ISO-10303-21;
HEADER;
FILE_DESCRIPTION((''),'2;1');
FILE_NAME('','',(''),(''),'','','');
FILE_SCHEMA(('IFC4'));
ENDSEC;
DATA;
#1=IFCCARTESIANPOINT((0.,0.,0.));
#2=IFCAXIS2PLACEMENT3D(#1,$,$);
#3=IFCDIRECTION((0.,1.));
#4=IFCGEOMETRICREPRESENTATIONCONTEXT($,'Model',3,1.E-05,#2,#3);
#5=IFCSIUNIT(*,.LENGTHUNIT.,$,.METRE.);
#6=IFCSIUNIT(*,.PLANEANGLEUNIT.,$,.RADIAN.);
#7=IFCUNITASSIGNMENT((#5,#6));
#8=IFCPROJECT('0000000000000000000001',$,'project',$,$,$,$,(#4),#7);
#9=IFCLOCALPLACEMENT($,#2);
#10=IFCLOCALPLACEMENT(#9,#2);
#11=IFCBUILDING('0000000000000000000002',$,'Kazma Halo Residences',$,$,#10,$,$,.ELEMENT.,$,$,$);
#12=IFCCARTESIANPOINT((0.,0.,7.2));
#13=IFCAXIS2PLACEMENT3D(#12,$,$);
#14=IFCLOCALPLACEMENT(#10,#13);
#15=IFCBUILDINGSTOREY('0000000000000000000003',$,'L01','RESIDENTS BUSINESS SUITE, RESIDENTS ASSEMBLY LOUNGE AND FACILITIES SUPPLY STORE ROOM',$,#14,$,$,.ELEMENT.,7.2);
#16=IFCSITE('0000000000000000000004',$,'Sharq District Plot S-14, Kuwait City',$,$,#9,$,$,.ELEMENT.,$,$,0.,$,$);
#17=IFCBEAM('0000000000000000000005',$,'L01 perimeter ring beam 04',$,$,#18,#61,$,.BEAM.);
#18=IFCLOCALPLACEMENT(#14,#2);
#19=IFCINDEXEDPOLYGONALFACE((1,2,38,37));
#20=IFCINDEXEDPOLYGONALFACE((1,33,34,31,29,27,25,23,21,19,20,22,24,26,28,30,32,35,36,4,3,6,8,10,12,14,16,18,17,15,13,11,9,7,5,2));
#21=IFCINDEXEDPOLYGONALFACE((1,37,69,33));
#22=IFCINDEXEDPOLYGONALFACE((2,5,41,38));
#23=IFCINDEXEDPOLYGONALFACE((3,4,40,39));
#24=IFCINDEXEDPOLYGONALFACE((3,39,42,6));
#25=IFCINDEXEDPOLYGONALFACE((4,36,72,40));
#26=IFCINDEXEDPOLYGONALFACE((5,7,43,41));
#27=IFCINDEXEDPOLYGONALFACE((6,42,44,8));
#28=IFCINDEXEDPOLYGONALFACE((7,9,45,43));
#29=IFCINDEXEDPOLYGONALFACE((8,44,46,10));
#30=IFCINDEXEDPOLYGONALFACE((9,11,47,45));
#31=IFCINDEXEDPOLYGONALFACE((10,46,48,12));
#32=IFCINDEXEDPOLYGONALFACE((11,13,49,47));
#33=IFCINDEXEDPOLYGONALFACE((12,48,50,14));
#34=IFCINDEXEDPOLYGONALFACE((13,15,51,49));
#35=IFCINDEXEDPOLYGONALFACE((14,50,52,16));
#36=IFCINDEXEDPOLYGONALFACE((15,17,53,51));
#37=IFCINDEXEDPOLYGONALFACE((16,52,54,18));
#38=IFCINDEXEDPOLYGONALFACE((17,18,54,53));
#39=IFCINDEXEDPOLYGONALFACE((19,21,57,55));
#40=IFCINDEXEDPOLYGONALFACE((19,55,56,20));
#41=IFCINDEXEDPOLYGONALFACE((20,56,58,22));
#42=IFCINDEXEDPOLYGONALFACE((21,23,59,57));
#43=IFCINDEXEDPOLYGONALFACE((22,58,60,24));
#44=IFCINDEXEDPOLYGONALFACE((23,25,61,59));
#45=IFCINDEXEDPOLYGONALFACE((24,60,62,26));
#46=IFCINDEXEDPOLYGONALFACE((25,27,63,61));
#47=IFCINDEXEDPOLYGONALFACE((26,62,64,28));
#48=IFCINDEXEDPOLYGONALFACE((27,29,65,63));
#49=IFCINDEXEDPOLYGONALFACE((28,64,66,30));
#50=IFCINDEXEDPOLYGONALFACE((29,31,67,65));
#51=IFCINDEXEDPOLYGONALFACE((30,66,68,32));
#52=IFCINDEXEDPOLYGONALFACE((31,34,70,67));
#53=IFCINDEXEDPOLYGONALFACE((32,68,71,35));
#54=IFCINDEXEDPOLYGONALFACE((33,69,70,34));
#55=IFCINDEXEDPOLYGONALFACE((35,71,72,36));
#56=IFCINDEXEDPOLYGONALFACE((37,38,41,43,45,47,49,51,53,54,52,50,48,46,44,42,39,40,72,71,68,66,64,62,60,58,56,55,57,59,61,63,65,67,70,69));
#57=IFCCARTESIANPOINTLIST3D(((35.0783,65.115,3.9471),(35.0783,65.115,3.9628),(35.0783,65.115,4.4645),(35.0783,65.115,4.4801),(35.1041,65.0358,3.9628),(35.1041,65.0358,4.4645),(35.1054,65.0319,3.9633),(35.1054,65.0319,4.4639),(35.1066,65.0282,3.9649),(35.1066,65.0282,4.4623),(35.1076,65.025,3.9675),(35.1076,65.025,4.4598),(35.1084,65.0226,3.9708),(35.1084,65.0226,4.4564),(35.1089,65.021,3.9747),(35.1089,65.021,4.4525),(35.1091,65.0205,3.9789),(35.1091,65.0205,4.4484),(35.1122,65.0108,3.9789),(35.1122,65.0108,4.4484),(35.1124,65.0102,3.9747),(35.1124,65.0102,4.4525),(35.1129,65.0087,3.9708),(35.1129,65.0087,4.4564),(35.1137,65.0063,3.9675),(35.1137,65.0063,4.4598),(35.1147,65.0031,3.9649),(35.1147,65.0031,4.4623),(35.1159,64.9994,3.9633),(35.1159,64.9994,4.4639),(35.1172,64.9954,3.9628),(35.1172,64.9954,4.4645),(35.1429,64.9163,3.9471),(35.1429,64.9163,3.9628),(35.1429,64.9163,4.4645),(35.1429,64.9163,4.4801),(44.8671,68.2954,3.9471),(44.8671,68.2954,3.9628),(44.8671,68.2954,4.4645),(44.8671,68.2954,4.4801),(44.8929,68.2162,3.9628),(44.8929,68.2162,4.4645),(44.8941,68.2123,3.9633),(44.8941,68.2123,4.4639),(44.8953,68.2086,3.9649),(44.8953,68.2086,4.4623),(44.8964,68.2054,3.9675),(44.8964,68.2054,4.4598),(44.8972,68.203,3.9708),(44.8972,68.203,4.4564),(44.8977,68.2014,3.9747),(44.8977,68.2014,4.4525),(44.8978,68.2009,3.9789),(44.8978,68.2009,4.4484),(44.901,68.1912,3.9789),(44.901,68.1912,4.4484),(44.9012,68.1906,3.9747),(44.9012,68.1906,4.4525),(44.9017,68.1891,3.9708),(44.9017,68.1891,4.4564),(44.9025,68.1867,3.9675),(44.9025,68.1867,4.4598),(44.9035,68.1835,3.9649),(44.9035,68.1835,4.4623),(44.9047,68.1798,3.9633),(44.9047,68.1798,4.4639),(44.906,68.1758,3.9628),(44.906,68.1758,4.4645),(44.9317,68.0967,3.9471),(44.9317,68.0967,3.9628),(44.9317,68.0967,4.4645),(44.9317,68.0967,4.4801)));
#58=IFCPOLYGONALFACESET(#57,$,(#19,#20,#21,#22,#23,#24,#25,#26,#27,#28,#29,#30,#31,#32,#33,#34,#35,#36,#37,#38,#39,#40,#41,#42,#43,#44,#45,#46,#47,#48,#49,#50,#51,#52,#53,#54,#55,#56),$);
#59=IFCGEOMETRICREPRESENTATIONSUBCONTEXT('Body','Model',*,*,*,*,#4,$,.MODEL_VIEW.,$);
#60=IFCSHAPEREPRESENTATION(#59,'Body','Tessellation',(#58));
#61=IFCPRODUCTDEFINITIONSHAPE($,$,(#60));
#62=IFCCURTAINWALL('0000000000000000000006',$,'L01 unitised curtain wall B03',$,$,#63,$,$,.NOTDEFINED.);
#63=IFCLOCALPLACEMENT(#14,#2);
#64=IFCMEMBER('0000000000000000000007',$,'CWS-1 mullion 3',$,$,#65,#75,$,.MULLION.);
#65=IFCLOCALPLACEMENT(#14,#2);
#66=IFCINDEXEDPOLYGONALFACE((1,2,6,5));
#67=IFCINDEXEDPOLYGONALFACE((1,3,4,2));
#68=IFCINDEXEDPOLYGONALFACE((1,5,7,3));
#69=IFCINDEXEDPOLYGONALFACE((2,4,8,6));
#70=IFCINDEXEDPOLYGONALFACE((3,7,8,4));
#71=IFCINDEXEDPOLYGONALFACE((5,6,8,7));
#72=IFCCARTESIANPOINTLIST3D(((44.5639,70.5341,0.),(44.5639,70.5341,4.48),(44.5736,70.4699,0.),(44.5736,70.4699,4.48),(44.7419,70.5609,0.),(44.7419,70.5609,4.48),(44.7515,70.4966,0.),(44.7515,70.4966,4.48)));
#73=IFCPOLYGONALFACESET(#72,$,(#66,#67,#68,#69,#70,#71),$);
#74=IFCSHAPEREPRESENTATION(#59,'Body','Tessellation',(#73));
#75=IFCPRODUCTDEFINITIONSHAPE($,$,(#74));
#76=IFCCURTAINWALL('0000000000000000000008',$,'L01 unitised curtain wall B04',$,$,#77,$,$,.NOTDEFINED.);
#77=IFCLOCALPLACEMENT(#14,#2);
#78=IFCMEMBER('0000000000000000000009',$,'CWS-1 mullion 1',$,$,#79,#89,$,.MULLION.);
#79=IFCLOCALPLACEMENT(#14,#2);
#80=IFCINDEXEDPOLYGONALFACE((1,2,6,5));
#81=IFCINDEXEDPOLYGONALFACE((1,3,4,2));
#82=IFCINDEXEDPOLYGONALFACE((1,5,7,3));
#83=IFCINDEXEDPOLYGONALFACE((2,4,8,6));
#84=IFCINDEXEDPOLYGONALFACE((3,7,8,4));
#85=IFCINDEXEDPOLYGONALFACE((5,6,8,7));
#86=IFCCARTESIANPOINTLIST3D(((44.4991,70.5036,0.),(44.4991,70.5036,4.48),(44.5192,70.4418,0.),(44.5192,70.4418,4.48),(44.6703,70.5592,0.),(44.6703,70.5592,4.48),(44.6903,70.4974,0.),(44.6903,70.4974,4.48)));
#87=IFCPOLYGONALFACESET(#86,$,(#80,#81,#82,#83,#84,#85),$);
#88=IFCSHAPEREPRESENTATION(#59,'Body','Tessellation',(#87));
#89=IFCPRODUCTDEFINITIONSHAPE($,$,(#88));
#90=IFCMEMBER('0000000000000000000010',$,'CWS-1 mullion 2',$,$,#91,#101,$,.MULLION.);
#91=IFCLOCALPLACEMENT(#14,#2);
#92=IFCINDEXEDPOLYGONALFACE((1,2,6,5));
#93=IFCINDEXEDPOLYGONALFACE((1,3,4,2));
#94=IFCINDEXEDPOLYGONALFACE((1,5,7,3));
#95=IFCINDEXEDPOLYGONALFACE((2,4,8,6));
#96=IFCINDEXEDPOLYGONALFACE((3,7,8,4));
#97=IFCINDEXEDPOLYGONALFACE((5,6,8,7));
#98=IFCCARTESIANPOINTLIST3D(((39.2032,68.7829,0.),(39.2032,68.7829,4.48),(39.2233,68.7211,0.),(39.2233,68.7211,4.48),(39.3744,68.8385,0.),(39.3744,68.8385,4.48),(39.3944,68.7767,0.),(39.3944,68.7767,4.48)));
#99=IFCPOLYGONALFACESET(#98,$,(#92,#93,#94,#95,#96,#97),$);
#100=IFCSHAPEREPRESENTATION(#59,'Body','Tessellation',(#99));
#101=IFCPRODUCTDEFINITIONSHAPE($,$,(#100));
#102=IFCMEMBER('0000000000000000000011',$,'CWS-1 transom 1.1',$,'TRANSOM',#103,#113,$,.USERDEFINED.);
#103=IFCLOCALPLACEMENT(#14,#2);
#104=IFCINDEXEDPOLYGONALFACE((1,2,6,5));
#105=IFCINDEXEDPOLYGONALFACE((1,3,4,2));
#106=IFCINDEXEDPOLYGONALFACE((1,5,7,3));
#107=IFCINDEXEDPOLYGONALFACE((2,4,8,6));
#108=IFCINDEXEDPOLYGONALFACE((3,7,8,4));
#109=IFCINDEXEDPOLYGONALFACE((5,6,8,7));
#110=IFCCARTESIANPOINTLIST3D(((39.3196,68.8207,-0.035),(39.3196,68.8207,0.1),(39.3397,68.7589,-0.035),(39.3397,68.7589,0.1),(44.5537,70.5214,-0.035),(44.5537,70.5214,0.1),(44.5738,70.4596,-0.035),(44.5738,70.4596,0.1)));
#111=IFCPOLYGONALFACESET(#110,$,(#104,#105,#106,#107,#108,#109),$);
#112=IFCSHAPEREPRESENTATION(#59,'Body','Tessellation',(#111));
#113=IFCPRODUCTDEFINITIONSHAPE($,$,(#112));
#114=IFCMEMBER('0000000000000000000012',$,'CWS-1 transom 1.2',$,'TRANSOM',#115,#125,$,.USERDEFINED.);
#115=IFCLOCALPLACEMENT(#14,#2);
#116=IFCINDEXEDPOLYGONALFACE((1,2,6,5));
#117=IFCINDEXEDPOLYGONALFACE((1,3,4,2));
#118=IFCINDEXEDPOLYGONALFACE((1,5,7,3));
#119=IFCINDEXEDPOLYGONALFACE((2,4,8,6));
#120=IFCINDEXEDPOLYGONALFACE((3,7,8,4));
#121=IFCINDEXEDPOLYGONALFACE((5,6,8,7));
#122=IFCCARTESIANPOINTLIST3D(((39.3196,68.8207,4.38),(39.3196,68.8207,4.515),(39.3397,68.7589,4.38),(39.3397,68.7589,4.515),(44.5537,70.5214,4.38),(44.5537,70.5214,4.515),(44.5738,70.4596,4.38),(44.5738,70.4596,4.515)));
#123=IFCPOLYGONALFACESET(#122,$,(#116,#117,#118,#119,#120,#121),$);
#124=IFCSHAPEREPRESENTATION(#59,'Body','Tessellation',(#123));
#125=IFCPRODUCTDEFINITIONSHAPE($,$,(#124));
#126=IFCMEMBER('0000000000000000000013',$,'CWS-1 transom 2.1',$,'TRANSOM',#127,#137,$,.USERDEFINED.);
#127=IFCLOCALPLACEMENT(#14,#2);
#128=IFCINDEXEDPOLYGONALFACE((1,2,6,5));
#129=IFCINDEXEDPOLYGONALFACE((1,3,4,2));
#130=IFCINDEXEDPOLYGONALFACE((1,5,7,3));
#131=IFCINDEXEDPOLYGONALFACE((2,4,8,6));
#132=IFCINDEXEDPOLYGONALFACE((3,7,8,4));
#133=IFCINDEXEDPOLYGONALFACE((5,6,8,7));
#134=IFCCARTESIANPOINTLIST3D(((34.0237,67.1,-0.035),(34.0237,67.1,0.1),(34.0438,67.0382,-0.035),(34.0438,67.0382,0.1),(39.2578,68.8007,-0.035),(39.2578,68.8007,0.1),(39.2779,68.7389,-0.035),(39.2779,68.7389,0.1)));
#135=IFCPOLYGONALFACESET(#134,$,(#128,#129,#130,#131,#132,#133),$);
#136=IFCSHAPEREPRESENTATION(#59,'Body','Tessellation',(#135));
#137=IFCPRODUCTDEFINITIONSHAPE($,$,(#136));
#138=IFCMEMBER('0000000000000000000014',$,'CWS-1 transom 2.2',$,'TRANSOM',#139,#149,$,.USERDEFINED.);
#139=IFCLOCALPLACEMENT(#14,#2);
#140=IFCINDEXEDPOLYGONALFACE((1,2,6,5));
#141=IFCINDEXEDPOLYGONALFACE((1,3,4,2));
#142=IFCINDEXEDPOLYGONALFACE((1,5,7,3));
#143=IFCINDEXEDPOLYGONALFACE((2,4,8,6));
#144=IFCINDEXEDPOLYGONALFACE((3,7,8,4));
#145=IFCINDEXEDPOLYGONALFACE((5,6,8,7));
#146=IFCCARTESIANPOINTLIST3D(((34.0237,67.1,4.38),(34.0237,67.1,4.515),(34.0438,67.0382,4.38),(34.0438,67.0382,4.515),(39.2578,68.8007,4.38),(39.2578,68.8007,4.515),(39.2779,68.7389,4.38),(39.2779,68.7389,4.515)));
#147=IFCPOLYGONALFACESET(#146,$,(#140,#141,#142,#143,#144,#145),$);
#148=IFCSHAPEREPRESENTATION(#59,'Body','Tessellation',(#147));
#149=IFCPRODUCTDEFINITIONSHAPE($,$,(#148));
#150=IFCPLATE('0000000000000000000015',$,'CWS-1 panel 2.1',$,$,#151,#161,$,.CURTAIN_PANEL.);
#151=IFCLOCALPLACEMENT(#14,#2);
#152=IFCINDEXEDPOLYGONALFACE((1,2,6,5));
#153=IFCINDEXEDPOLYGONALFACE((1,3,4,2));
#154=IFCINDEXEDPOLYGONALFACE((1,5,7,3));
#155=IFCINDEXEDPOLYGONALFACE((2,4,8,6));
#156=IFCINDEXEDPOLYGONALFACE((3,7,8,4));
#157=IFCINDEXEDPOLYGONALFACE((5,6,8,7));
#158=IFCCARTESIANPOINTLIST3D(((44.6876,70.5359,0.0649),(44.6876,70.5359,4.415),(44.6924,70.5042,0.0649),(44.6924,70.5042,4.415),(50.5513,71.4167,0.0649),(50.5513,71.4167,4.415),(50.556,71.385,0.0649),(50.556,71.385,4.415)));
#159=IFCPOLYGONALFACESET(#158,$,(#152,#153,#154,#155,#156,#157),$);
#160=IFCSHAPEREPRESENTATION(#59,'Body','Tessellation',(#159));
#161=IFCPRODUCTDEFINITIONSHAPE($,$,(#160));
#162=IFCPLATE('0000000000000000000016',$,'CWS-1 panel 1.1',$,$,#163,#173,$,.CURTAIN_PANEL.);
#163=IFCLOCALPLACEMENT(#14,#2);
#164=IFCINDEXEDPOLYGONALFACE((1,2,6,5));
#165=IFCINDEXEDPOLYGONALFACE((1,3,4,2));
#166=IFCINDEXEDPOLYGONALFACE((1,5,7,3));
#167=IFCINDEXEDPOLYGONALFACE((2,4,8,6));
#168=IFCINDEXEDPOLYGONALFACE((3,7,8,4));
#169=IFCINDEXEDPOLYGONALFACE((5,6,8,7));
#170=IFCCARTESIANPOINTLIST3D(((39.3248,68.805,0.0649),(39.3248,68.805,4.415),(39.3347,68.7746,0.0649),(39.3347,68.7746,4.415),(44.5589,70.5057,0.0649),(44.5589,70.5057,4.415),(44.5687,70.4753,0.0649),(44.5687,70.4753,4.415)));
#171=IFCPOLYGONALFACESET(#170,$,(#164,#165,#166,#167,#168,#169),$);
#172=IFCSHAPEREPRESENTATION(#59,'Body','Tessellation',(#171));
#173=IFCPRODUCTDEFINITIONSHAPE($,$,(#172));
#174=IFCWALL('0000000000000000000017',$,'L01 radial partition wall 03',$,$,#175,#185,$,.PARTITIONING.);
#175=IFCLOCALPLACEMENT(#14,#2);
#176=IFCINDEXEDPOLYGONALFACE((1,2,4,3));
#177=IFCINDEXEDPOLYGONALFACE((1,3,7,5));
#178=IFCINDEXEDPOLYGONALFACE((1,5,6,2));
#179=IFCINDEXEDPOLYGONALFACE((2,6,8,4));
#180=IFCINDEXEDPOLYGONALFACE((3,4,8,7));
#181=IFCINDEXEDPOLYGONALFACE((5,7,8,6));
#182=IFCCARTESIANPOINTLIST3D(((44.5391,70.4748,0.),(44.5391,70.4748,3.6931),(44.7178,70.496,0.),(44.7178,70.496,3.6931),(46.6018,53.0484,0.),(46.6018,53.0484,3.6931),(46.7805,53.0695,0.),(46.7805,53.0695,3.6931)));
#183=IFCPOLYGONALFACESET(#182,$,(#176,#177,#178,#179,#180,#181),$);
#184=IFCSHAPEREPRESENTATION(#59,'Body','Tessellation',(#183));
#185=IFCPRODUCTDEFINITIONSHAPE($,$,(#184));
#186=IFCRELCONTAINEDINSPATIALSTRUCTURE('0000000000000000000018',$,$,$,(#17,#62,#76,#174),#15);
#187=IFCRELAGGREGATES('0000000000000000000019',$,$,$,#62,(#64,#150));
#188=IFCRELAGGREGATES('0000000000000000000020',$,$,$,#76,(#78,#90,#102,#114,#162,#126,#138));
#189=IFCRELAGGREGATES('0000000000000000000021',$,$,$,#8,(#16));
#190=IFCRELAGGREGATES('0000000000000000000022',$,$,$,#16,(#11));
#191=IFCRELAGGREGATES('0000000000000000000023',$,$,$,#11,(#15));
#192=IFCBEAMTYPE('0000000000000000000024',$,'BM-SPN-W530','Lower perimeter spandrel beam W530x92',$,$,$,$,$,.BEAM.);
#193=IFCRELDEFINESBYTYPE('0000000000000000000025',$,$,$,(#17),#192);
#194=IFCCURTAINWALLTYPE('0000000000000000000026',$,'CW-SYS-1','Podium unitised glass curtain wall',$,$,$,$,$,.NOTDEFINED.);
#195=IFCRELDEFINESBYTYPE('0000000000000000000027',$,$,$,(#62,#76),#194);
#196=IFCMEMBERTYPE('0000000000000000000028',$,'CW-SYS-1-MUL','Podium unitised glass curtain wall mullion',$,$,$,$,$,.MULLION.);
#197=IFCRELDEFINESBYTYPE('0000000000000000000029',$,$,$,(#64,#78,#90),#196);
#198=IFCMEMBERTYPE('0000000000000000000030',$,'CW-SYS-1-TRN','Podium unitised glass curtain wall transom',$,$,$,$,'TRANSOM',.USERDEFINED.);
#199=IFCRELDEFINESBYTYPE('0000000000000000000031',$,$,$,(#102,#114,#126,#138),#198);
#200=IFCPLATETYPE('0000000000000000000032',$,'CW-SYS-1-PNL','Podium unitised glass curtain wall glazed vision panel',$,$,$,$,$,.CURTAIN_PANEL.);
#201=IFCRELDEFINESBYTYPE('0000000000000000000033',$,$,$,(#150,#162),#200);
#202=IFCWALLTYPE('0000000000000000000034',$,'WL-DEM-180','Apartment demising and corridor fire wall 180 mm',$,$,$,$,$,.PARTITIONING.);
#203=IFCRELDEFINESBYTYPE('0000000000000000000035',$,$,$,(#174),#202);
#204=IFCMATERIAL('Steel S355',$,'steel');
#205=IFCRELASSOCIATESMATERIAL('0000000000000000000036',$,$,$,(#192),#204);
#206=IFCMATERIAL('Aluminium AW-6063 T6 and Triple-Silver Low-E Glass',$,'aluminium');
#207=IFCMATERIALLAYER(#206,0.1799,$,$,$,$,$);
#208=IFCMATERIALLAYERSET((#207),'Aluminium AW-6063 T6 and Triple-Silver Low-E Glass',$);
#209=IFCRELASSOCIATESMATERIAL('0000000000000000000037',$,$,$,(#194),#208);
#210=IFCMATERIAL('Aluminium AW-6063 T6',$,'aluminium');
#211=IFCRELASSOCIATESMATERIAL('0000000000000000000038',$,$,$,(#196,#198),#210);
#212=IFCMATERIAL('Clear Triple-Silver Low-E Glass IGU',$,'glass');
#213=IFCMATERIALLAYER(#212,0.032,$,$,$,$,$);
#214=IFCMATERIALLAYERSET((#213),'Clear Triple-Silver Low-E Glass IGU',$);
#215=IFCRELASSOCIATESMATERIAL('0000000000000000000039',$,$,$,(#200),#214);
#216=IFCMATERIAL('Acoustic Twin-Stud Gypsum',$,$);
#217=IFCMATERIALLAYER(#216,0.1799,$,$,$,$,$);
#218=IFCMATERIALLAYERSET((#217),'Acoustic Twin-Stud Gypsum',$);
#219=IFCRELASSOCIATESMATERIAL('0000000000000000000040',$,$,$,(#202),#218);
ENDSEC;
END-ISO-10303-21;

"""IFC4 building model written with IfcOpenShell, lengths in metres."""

from ifc_helpers import new_model, si_unit, direction, frame, frame_2d, origin, origin_2d, place, context, subcontext, project, spatial, rectangle, i_section, extrude, material, layer, layer_set, material_profile, profile_set, type_object, element, aggregate, save


model = new_model("IFC4")

# Units and contexts
model_context = context("Model", 3, precision=1e-05, world=origin(), true_north=direction((0.0, 1.0)))
body_context = subcontext(model_context, "Body", "Model", "MODEL_VIEW")
ifc_project = project(units=[si_unit("LENGTHUNIT", "METRE"), si_unit("PLANEANGLEUNIT", "RADIAN")], contexts=[model_context])

# Site, building, storey
site_placement = place(None, origin())
site = spatial("IfcSite", under=ifc_project, at=site_placement, Name="Sharq District Plot S-14, Kuwait City", CompositionType="ELEMENT", RefElevation=0.0)
building_placement = place(site_placement, origin())
building = spatial("IfcBuilding", under=site, at=building_placement, Name="Kazma Halo Residences", CompositionType="ELEMENT")
storey_placement = place(building_placement, frame((0.0, 0.0, 7.2)))
storey = spatial("IfcBuildingStorey", under=building, at=storey_placement, Name="L01", Description="RESIDENTS BUSINESS SUITE, RESIDENTS ASSEMBLY LOUNGE AND FACILITIES SUPPLY STORE ROOM", CompositionType="ELEMENT", Elevation=7.2)

# Beam
ifc_material_1 = material(Name="Steel S355", Category="steel")
ifc_material_profile_1 = material_profile(ifc_material_1, i_section(OverallWidth=0.209, OverallDepth=0.533, WebThickness=0.0103, FlangeThickness=0.0156, FilletRadius=0.0161, at=origin_2d()), Name="W530x92")
ifc_profile_set_1 = profile_set([ifc_material_profile_1], Name="Steel S355")
beam_type_1 = type_object("IfcBeamType", Name="BM-SPN-W530", Description="Lower perimeter spandrel beam W530x92", PredefinedType="BEAM", material=ifc_profile_set_1)
beam_1_placement = place(storey_placement, frame((44.8994, 68.196, 4.2136), z_axis=(-0.951061, -0.309003, 0.0), x_axis=(0.309003, -0.951061, 0.0)))
element("IfcBeam", 1, at=beam_1_placement, inside=storey, type_object=beam_type_1, Name="L01 perimeter ring beam 04", PredefinedType="BEAM", context=body_context, shape_type="SweptSolid", body=[
    extrude(i_section(OverallWidth=0.209, OverallDepth=0.533, WebThickness=0.0103, FlangeThickness=0.0156, FilletRadius=0.0161, at=origin_2d()), origin(), (0.0, 0.0, 1.0), 10.2925),
])

# Curtain wall, member
ifc_material_2 = material(Name="Aluminium AW-6063 T6 and Triple-Silver Low-E Glass", Category="aluminium")
ifc_layer_1 = layer(ifc_material_2, 0.1799)
ifc_layer_set_1 = layer_set([ifc_layer_1], Name="Aluminium AW-6063 T6 and Triple-Silver Low-E Glass")
curtain_wall_type = type_object("IfcCurtainWallType", Name="CW-SYS-1", Description="Podium unitised glass curtain wall", PredefinedType="NOTDEFINED", material=ifc_layer_set_1)
curtain_wall_1_placement = place(storey_placement, origin())
curtain_wall_1 = element("IfcCurtainWall", 2, at=curtain_wall_1_placement, inside=storey, type_object=curtain_wall_type, Name="L01 unitised curtain wall B03", PredefinedType="NOTDEFINED")
ifc_material_3 = material(Name="Aluminium AW-6063 T6", Category="aluminium")
ifc_material_profile_2 = material_profile(ifc_material_3, rectangle(XDim=0.0649, YDim=0.1799, at=origin_2d()), Name="CWM-65x180")
ifc_profile_set_2 = profile_set([ifc_material_profile_2], Name="Aluminium AW-6063 T6")
member_type_1 = type_object("IfcMemberType", Name="CW-SYS-1-MUL", Description="Podium unitised glass curtain wall mullion", PredefinedType="MULLION", material=ifc_profile_set_2)
member_1_placement = place(storey_placement, frame((44.6577, 70.5154, 0.0), z_axis=(0.0, 0.0, 1.0), x_axis=(0.148549, -0.988905, 0.0)))
member_1 = element("IfcMember", 3, at=member_1_placement, type_object=member_type_1, Name="CWS-1 mullion 3", PredefinedType="MULLION", context=body_context, shape_type="SweptSolid", body=[
    extrude(rectangle(XDim=0.0649, YDim=0.1799, at=origin_2d()), origin(), (0.0, 0.0, 1.0), 4.48),
])

# Curtain wall, members
curtain_wall_2_placement = place(storey_placement, origin())
curtain_wall_2 = element("IfcCurtainWall", 4, at=curtain_wall_2_placement, inside=storey, type_object=curtain_wall_type, Name="L01 unitised curtain wall B04", PredefinedType="NOTDEFINED")
member_2_placement = place(storey_placement, frame((44.5947, 70.5005, 0.0), z_axis=(0.0, 0.0, 1.0), x_axis=(0.309017, -0.951056, 0.0)))
member_2 = element("IfcMember", 5, at=member_2_placement, type_object=member_type_1, Name="CWS-1 mullion 1", PredefinedType="MULLION", context=body_context, shape_type="SweptSolid", body=[
    extrude(rectangle(XDim=0.0649, YDim=0.1799, at=origin_2d()), origin(), (0.0, 0.0, 1.0), 4.48),
])
member_3_placement = place(storey_placement, frame((39.2988, 68.7798, 0.0), z_axis=(0.0, 0.0, 1.0), x_axis=(0.309017, -0.951056, 0.0)))
member_3 = element("IfcMember", 6, at=member_3_placement, type_object=member_type_1, Name="CWS-1 mullion 2", PredefinedType="MULLION", context=body_context, shape_type="SweptSolid", body=[
    extrude(rectangle(XDim=0.0649, YDim=0.1799, at=origin_2d()), origin(), (0.0, 0.0, 1.0), 4.48),
])
ifc_material_profile_3 = material_profile(ifc_material_3, rectangle(XDim=0.0649, YDim=0.135, at=origin_2d()), Name="CWT-65x135")
ifc_profile_set_3 = profile_set([ifc_material_profile_3], Name="Aluminium AW-6063 T6")
member_type_2 = type_object("IfcMemberType", Name="CW-SYS-1-TRN", Description="Podium unitised glass curtain wall transom", ElementType="TRANSOM", PredefinedType="USERDEFINED", material=ifc_profile_set_3)
member_4_placement = place(storey_placement, frame((44.5637, 70.4905, 0.0325), z_axis=(-0.951056, -0.309019, 0.0), x_axis=(0.309019, -0.951056, 0.0)))
member_4 = element("IfcMember", 7, at=member_4_placement, type_object=member_type_2, Name="CWS-1 transom 1.1", ObjectType="TRANSOM", PredefinedType="USERDEFINED", context=body_context, shape_type="SweptSolid", body=[
    extrude(rectangle(XDim=0.0649, YDim=0.135, at=origin_2d()), origin(), (0.0, 0.0, 1.0), 5.5034),
])
member_5_placement = place(storey_placement, frame((44.5637, 70.4905, 4.4475), z_axis=(-0.951056, -0.309019, 0.0), x_axis=(0.309019, -0.951056, 0.0)))
member_5 = element("IfcMember", 8, at=member_5_placement, type_object=member_type_2, Name="CWS-1 transom 1.2", ObjectType="TRANSOM", PredefinedType="USERDEFINED", context=body_context, shape_type="SweptSolid", body=[
    extrude(rectangle(XDim=0.0649, YDim=0.135, at=origin_2d()), origin(), (0.0, 0.0, 1.0), 5.5034),
])
member_6_placement = place(storey_placement, frame((39.2678, 68.7698, 0.0325), z_axis=(-0.951056, -0.309019, 0.0), x_axis=(0.309019, -0.951056, 0.0)))
member_6 = element("IfcMember", 9, at=member_6_placement, type_object=member_type_2, Name="CWS-1 transom 2.1", ObjectType="TRANSOM", PredefinedType="USERDEFINED", context=body_context, shape_type="SweptSolid", body=[
    extrude(rectangle(XDim=0.0649, YDim=0.135, at=origin_2d()), origin(), (0.0, 0.0, 1.0), 5.5034),
])
member_7_placement = place(storey_placement, frame((39.2678, 68.7698, 4.4475), z_axis=(-0.951056, -0.309019, 0.0), x_axis=(0.309019, -0.951056, 0.0)))
member_7 = element("IfcMember", 10, at=member_7_placement, type_object=member_type_2, Name="CWS-1 transom 2.2", ObjectType="TRANSOM", PredefinedType="USERDEFINED", context=body_context, shape_type="SweptSolid", body=[
    extrude(rectangle(XDim=0.0649, YDim=0.135, at=origin_2d()), origin(), (0.0, 0.0, 1.0), 5.5034),
])

# Plates
ifc_material_4 = material(Name="Clear Triple-Silver Low-E Glass IGU", Category="glass")
ifc_layer_2 = layer(ifc_material_4, 0.032)
ifc_layer_set_2 = layer_set([ifc_layer_2], Name="Clear Triple-Silver Low-E Glass IGU")
plate_type = type_object("IfcPlateType", Name="CW-SYS-1-PNL", Description="Podium unitised glass curtain wall glazed vision panel", PredefinedType="CURTAIN_PANEL", material=ifc_layer_set_2)
plate_1_placement = place(storey_placement, frame((47.6218, 70.9604, 0.0649), z_axis=(0.0, 0.0, 1.0), x_axis=(-0.988905, -0.148549, 0.0)))
plate_1 = element("IfcPlate", 11, at=plate_1_placement, type_object=plate_type, Name="CWS-1 panel 2.1", PredefinedType="CURTAIN_PANEL", context=body_context, shape_type="SweptSolid", body=[
    extrude(rectangle(XDim=5.9294, YDim=0.032, at=origin_2d()), origin(), (0.0, 0.0, 1.0), 4.3501),
])
aggregate(curtain_wall_1, [member_1, plate_1])
plate_2_placement = place(storey_placement, frame((41.9468, 69.6401, 0.0649), z_axis=(0.0, 0.0, 1.0), x_axis=(-0.951056, -0.309017, 0.0)))
plate_2 = element("IfcPlate", 12, at=plate_2_placement, type_object=plate_type, Name="CWS-1 panel 1.1", PredefinedType="CURTAIN_PANEL", context=body_context, shape_type="SweptSolid", body=[
    extrude(rectangle(XDim=5.5034, YDim=0.032, at=origin_2d()), origin(), (0.0, 0.0, 1.0), 4.3501),
])
aggregate(curtain_wall_2, [member_2, member_3, member_4, member_5, plate_2, member_6, member_7])

# Wall
ifc_material_5 = material(Name="Acoustic Twin-Stud Gypsum")
ifc_layer_3 = layer(ifc_material_5, 0.1799)
ifc_layer_set_3 = layer_set([ifc_layer_3], Name="Acoustic Twin-Stud Gypsum")
wall_type_1 = type_object("IfcWallType", Name="WL-DEM-180", Description="Apartment demising and corridor fire wall 180 mm", PredefinedType="PARTITIONING", material=ifc_layer_set_3)
wall_1_placement = place(storey_placement, frame((46.6912, 53.0591, 0.0), z_axis=(0.0, 0.0, 1.0), x_axis=(-0.117548, 0.993067, 0.0)))
element("IfcWall", 13, at=wall_1_placement, inside=storey, type_object=wall_type_1, Name="L01 radial partition wall 03", PredefinedType="PARTITIONING", context=body_context, shape_type="SweptSolid", body=[
    extrude(rectangle(XDim=17.5481, YDim=0.1799, at=frame_2d((8.7739, 0.0))), origin(), (0.0, 0.0, 1.0), 3.6931),
])

save(model, "model.ifc")
